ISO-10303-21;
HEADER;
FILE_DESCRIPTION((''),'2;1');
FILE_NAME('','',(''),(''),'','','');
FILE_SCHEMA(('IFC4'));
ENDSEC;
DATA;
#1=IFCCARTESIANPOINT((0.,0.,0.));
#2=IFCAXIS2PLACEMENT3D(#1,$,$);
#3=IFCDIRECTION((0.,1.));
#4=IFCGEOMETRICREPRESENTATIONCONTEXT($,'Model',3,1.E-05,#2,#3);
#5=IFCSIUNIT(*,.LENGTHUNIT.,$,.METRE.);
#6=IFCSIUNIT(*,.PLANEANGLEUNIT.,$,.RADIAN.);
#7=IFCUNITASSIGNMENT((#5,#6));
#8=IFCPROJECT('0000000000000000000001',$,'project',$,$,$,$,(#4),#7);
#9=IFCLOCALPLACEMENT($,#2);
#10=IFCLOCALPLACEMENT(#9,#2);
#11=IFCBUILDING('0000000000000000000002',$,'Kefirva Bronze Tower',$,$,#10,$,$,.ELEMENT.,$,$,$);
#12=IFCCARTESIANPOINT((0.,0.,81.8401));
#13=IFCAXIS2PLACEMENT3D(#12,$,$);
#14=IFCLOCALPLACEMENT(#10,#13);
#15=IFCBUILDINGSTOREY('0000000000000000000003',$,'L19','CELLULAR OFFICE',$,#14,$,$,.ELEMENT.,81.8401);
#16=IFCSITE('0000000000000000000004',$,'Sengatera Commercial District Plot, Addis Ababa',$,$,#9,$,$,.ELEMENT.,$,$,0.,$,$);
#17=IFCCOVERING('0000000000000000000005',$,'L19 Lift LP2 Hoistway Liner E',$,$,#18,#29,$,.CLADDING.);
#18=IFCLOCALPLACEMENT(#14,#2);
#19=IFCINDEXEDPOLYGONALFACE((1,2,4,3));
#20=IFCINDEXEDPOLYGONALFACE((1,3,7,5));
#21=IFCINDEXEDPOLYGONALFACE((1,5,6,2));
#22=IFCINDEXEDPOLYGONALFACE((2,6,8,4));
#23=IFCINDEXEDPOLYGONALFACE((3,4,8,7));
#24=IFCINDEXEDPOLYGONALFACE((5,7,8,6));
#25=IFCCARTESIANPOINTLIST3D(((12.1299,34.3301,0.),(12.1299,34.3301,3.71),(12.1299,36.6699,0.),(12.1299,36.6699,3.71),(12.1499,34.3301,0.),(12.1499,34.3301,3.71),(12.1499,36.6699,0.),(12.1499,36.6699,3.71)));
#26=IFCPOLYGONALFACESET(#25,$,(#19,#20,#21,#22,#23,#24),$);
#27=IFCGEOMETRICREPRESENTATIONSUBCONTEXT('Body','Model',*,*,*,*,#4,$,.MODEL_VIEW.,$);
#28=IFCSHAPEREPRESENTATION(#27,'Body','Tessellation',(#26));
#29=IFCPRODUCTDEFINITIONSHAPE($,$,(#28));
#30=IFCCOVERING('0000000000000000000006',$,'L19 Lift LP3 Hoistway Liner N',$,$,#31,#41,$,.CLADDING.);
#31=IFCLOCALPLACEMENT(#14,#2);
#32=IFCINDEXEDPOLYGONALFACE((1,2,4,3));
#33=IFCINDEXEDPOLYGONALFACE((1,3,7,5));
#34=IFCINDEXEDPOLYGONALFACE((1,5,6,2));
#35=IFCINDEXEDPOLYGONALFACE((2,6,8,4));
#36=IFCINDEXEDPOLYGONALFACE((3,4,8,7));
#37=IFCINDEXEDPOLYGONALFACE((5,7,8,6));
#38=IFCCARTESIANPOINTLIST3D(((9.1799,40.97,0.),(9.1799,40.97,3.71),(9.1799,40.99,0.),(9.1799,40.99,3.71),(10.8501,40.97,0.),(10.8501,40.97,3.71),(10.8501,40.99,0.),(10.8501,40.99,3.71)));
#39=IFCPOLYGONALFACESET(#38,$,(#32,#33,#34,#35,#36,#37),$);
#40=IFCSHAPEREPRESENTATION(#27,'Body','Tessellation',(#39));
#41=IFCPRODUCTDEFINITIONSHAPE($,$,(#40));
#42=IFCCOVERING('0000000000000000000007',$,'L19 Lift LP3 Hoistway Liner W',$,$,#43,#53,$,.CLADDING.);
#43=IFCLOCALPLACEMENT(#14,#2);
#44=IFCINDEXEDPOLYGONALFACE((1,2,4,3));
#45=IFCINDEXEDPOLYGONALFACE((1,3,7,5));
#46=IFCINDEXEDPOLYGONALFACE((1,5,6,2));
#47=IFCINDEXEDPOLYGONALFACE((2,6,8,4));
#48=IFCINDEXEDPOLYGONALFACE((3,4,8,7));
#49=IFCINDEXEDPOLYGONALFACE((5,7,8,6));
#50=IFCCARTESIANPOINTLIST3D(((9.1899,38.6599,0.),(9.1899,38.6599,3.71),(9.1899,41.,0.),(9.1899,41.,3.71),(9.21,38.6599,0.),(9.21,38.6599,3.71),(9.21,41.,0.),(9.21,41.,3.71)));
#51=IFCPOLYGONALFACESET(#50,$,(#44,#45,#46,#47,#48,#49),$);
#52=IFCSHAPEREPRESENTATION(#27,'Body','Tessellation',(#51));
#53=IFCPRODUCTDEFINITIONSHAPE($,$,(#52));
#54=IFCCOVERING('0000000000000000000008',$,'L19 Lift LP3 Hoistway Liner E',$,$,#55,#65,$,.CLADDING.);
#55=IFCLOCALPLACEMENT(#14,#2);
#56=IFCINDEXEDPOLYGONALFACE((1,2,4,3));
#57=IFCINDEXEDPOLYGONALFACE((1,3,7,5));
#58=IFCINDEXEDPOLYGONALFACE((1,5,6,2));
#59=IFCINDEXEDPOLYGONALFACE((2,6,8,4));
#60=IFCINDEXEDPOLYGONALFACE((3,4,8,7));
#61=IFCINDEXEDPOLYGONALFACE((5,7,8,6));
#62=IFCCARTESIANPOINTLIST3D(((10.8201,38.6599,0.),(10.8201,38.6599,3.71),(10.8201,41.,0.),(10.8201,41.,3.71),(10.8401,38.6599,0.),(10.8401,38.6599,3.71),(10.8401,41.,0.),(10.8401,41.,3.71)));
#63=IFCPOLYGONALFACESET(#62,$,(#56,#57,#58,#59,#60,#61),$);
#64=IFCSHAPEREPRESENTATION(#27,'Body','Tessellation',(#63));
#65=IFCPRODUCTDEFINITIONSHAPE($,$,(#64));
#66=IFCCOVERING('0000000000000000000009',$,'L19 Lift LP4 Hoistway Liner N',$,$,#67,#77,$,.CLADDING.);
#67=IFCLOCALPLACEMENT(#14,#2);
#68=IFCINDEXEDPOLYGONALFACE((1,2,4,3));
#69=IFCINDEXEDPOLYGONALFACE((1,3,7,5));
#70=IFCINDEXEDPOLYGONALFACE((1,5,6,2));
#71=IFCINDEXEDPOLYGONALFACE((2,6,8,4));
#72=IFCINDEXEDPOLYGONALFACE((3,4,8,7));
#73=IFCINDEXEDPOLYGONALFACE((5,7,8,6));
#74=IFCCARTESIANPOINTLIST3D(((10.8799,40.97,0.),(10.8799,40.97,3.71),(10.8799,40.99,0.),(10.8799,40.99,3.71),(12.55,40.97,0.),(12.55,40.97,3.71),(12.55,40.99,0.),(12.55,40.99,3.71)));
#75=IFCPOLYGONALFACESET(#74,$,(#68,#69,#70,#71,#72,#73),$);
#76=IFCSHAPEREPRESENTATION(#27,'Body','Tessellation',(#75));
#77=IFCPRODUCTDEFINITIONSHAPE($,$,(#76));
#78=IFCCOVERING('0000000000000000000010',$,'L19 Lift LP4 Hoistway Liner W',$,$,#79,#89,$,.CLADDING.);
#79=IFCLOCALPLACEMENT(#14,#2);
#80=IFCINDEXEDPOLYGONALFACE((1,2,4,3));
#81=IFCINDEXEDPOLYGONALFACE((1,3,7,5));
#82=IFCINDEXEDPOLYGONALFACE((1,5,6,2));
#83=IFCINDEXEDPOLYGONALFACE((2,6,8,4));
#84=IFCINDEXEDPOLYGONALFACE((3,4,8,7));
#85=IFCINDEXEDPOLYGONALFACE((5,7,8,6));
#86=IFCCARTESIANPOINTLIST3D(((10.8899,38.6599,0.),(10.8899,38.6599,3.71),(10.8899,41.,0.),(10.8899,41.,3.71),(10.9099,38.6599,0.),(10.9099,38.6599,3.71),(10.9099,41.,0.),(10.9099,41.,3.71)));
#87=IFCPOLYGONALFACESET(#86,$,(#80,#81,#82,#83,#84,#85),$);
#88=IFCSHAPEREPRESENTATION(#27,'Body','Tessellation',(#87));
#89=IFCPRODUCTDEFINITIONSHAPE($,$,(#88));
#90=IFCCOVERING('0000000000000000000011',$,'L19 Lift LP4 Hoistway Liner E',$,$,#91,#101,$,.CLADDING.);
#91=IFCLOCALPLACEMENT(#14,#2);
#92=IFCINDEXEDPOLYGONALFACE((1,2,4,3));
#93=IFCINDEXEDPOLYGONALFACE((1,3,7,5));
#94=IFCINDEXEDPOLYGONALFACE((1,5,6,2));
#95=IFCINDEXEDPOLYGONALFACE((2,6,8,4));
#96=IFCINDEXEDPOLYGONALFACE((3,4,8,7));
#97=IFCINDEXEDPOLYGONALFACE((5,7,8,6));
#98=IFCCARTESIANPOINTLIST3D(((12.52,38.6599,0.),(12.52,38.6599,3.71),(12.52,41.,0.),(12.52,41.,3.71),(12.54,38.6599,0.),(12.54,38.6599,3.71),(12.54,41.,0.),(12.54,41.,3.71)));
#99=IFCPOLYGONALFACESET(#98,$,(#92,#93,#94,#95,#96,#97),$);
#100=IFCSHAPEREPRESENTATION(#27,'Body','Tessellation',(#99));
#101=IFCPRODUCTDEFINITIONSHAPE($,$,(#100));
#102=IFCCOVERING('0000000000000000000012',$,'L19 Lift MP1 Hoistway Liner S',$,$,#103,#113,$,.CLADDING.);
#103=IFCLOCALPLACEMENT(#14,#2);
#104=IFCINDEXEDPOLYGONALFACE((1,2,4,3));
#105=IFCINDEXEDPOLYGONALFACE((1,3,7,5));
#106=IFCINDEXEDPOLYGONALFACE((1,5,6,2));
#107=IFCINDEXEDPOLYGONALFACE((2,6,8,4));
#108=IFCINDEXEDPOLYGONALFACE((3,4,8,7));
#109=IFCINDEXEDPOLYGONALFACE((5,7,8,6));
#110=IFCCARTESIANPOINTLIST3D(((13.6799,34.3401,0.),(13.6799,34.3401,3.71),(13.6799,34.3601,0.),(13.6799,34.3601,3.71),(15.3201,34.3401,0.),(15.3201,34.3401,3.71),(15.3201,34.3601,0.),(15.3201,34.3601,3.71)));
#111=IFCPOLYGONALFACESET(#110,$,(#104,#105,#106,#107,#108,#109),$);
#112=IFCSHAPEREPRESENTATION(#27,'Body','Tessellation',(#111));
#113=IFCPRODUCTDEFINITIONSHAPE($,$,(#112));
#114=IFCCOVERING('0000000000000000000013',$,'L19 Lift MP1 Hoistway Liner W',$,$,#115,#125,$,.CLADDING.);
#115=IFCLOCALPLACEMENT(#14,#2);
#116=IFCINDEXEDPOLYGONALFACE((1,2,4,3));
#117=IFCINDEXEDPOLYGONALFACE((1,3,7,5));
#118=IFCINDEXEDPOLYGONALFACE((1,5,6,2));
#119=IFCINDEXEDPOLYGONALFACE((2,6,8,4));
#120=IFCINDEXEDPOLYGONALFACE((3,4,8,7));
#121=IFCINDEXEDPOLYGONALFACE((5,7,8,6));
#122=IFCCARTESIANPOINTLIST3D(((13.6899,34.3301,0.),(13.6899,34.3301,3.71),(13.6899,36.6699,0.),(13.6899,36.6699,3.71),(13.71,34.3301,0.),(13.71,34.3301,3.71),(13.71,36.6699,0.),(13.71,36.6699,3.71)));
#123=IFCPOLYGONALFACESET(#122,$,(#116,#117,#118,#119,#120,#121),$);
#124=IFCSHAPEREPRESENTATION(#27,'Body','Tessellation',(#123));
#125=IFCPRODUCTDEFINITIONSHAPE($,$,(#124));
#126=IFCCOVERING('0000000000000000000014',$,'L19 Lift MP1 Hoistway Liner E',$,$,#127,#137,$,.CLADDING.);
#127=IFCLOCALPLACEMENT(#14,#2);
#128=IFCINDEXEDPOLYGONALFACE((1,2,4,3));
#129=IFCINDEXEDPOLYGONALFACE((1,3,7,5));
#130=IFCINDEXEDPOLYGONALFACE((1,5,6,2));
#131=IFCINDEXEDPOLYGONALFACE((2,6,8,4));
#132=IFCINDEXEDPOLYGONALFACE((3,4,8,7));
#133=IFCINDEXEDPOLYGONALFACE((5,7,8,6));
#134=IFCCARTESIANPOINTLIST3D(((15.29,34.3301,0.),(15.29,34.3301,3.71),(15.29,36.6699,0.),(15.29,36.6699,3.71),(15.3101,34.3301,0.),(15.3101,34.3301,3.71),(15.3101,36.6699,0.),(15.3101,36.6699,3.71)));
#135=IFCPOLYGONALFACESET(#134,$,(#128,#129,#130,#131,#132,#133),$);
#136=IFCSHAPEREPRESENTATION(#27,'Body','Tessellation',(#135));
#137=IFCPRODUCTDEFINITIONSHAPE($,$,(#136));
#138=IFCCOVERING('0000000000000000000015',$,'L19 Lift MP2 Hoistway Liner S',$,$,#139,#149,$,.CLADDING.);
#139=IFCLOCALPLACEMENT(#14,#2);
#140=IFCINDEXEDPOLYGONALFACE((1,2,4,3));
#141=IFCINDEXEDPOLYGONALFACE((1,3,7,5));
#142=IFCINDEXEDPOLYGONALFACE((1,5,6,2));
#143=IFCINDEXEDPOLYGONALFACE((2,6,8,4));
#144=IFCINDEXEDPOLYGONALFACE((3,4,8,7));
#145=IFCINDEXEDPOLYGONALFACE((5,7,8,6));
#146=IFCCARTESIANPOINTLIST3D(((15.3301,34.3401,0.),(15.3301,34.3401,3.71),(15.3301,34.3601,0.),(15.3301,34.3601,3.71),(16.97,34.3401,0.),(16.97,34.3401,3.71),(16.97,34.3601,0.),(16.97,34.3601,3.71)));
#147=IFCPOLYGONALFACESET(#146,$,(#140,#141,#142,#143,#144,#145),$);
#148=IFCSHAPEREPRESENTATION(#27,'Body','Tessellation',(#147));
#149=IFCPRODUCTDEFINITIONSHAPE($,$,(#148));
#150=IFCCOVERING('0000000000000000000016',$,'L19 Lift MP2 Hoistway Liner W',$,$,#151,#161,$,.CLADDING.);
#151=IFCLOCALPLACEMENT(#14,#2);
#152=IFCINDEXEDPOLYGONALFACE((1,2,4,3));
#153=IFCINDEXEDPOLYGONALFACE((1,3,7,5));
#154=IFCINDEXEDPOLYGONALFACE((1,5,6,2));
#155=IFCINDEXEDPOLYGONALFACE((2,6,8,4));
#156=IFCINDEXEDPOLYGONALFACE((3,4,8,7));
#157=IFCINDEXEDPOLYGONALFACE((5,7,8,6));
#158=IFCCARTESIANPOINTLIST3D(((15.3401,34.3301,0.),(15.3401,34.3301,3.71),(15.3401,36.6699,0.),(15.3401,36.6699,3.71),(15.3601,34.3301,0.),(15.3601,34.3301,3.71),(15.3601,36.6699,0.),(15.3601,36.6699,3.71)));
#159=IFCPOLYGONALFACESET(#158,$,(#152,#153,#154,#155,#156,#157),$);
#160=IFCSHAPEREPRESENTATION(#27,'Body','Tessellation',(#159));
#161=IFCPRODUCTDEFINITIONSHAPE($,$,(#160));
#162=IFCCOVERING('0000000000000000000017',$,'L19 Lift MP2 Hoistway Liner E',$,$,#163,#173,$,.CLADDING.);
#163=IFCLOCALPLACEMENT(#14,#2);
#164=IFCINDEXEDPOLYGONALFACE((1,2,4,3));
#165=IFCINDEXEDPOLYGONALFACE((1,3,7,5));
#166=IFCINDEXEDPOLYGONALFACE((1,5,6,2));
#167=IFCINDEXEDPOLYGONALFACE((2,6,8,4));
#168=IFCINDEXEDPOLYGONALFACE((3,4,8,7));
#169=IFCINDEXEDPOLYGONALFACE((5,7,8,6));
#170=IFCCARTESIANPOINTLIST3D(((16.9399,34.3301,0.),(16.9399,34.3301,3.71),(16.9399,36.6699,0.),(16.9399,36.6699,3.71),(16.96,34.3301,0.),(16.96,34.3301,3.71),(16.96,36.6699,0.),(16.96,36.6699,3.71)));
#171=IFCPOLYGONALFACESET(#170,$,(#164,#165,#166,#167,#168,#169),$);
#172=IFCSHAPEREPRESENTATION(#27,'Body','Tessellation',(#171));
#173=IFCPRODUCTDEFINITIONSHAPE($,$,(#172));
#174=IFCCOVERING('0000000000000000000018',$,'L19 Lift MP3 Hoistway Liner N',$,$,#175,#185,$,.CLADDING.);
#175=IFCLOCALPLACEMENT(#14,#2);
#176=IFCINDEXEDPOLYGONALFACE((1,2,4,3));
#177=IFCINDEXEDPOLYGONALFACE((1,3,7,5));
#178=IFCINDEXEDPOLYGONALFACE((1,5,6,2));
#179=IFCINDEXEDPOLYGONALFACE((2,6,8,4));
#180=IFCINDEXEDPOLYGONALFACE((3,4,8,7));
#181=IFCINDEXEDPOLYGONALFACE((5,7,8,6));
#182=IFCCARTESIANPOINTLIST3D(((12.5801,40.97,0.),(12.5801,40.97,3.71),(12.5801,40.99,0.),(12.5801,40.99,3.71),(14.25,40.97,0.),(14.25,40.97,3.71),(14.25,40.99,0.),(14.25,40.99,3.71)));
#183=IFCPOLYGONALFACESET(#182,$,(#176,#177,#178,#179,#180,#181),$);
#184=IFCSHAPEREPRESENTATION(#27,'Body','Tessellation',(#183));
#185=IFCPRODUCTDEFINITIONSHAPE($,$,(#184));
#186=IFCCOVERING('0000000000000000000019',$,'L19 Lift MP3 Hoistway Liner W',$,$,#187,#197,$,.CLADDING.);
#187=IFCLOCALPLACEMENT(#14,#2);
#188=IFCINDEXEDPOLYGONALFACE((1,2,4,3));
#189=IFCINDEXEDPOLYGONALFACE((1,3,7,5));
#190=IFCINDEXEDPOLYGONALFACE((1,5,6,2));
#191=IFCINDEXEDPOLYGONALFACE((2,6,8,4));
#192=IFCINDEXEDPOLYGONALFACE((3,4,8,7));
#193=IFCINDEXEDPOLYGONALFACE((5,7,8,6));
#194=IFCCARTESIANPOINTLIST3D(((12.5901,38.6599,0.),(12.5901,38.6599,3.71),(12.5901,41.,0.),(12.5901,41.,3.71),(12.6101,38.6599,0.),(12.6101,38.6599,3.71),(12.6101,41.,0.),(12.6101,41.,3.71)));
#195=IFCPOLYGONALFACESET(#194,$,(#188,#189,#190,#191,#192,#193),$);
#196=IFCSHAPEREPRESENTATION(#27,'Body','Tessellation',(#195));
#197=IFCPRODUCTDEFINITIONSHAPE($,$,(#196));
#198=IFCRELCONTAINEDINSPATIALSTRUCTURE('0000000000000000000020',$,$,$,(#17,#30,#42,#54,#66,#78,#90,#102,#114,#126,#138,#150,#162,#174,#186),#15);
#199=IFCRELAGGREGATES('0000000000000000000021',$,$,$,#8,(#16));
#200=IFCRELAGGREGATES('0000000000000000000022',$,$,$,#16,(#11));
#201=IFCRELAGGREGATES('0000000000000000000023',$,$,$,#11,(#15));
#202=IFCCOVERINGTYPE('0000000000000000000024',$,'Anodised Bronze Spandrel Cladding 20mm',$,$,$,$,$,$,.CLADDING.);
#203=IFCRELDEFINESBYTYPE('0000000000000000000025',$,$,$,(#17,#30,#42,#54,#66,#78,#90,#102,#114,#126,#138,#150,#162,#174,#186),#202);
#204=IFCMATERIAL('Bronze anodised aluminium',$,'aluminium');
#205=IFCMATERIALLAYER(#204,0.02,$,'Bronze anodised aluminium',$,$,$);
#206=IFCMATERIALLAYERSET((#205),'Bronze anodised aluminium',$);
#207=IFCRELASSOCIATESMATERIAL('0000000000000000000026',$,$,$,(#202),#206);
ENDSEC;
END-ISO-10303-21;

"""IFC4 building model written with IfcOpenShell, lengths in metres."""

from ifc_helpers import new_model, si_unit, direction, frame, origin, place, context, subcontext, project, spatial, polyline, outline, extrude, material, layer, layer_set, type_object, element, save


model = new_model("IFC4")

# Units and contexts
model_context = context("Model", 3, precision=1e-05, world=origin(), true_north=direction((0.0, 1.0)))
body_context = subcontext(model_context, "Body", "Model", "MODEL_VIEW")
ifc_project = project(units=[si_unit("LENGTHUNIT", "METRE"), si_unit("PLANEANGLEUNIT", "RADIAN")], contexts=[model_context])

# Site, building, storey
site_placement = place(None, origin())
site = spatial("IfcSite", under=ifc_project, at=site_placement, Name="Sengatera Commercial District Plot, Addis Ababa", CompositionType="ELEMENT", RefElevation=0.0)
building_placement = place(site_placement, origin())
building = spatial("IfcBuilding", under=site, at=building_placement, Name="Kefirva Bronze Tower", CompositionType="ELEMENT")
storey_placement = place(building_placement, frame((0.0, 0.0, 81.8401)))
storey = spatial("IfcBuildingStorey", under=building, at=storey_placement, Name="L19", Description="CELLULAR OFFICE", CompositionType="ELEMENT", Elevation=81.8401)

# Coverings
ifc_material = material(Name="Bronze anodised aluminium", Category="aluminium")
ifc_layer_1 = layer(ifc_material, 0.02, Name="Bronze anodised aluminium")
ifc_layer_set_1 = layer_set([ifc_layer_1], Name="Bronze anodised aluminium")
covering_type_1 = type_object("IfcCoveringType", Name="Anodised Bronze Spandrel Cladding 20mm", PredefinedType="CLADDING", material=ifc_layer_set_1)
covering_1_placement = place(storey_placement, origin())
element("IfcCovering", 1, at=covering_1_placement, inside=storey, type_object=covering_type_1, Name="L19 Lift LP2 Hoistway Liner E", PredefinedType="CLADDING", context=body_context, shape_type="SweptSolid", body=[
    extrude(outline(polyline([(12.1299, 34.3301), (12.1499, 34.3301), (12.1499, 36.6699), (12.1299, 36.6699), (12.1299, 34.3301)])), origin(), (0.0, 0.0, 1.0), 3.71),
])
covering_2_placement = place(storey_placement, origin())
element("IfcCovering", 2, at=covering_2_placement, inside=storey, type_object=covering_type_1, Name="L19 Lift LP3 Hoistway Liner N", PredefinedType="CLADDING", context=body_context, shape_type="SweptSolid", body=[
    extrude(outline(polyline([(9.1799, 40.97), (10.8501, 40.97), (10.8501, 40.99), (9.1799, 40.99), (9.1799, 40.97)])), origin(), (0.0, 0.0, 1.0), 3.71),
])
covering_3_placement = place(storey_placement, origin())
element("IfcCovering", 3, at=covering_3_placement, inside=storey, type_object=covering_type_1, Name="L19 Lift LP3 Hoistway Liner W", PredefinedType="CLADDING", context=body_context, shape_type="SweptSolid", body=[
    extrude(outline(polyline([(9.1899, 38.6599), (9.21, 38.6599), (9.21, 41.0), (9.1899, 41.0), (9.1899, 38.6599)])), origin(), (0.0, 0.0, 1.0), 3.71),
])
covering_4_placement = place(storey_placement, origin())
element("IfcCovering", 4, at=covering_4_placement, inside=storey, type_object=covering_type_1, Name="L19 Lift LP3 Hoistway Liner E", PredefinedType="CLADDING", context=body_context, shape_type="SweptSolid", body=[
    extrude(outline(polyline([(10.8201, 38.6599), (10.8401, 38.6599), (10.8401, 41.0), (10.8201, 41.0), (10.8201, 38.6599)])), origin(), (0.0, 0.0, 1.0), 3.71),
])
covering_5_placement = place(storey_placement, origin())
element("IfcCovering", 5, at=covering_5_placement, inside=storey, type_object=covering_type_1, Name="L19 Lift LP4 Hoistway Liner N", PredefinedType="CLADDING", context=body_context, shape_type="SweptSolid", body=[
    extrude(outline(polyline([(10.8799, 40.97), (12.55, 40.97), (12.55, 40.99), (10.8799, 40.99), (10.8799, 40.97)])), origin(), (0.0, 0.0, 1.0), 3.71),
])
covering_6_placement = place(storey_placement, origin())
element("IfcCovering", 6, at=covering_6_placement, inside=storey, type_object=covering_type_1, Name="L19 Lift LP4 Hoistway Liner W", PredefinedType="CLADDING", context=body_context, shape_type="SweptSolid", body=[
    extrude(outline(polyline([(10.8899, 38.6599), (10.9099, 38.6599), (10.9099, 41.0), (10.8899, 41.0), (10.8899, 38.6599)])), origin(), (0.0, 0.0, 1.0), 3.71),
])
covering_7_placement = place(storey_placement, origin())
element("IfcCovering", 7, at=covering_7_placement, inside=storey, type_object=covering_type_1, Name="L19 Lift LP4 Hoistway Liner E", PredefinedType="CLADDING", context=body_context, shape_type="SweptSolid", body=[
    extrude(outline(polyline([(12.52, 38.6599), (12.54, 38.6599), (12.54, 41.0), (12.52, 41.0), (12.52, 38.6599)])), origin(), (0.0, 0.0, 1.0), 3.71),
])
covering_8_placement = place(storey_placement, origin())
element("IfcCovering", 8, at=covering_8_placement, inside=storey, type_object=covering_type_1, Name="L19 Lift MP1 Hoistway Liner S", PredefinedType="CLADDING", context=body_context, shape_type="SweptSolid", body=[
    extrude(outline(polyline([(13.6799, 34.3401), (15.3201, 34.3401), (15.3201, 34.3601), (13.6799, 34.3601), (13.6799, 34.3401)])), origin(), (0.0, 0.0, 1.0), 3.71),
])
covering_9_placement = place(storey_placement, origin())
element("IfcCovering", 9, at=covering_9_placement, inside=storey, type_object=covering_type_1, Name="L19 Lift MP1 Hoistway Liner W", PredefinedType="CLADDING", context=body_context, shape_type="SweptSolid", body=[
    extrude(outline(polyline([(13.6899, 34.3301), (13.71, 34.3301), (13.71, 36.6699), (13.6899, 36.6699), (13.6899, 34.3301)])), origin(), (0.0, 0.0, 1.0), 3.71),
])
covering_10_placement = place(storey_placement, origin())
element("IfcCovering", 10, at=covering_10_placement, inside=storey, type_object=covering_type_1, Name="L19 Lift MP1 Hoistway Liner E", PredefinedType="CLADDING", context=body_context, shape_type="SweptSolid", body=[
    extrude(outline(polyline([(15.29, 34.3301), (15.3101, 34.3301), (15.3101, 36.6699), (15.29, 36.6699), (15.29, 34.3301)])), origin(), (0.0, 0.0, 1.0), 3.71),
])
covering_11_placement = place(storey_placement, origin())
element("IfcCovering", 11, at=covering_11_placement, inside=storey, type_object=covering_type_1, Name="L19 Lift MP2 Hoistway Liner S", PredefinedType="CLADDING", context=body_context, shape_type="SweptSolid", body=[
    extrude(outline(polyline([(15.3301, 34.3401), (16.97, 34.3401), (16.97, 34.3601), (15.3301, 34.3601), (15.3301, 34.3401)])), origin(), (0.0, 0.0, 1.0), 3.71),
])
covering_12_placement = place(storey_placement, origin())
element("IfcCovering", 12, at=covering_12_placement, inside=storey, type_object=covering_type_1, Name="L19 Lift MP2 Hoistway Liner W", PredefinedType="CLADDING", context=body_context, shape_type="SweptSolid", body=[
    extrude(outline(polyline([(15.3401, 34.3301), (15.3601, 34.3301), (15.3601, 36.6699), (15.3401, 36.6699), (15.3401, 34.3301)])), origin(), (0.0, 0.0, 1.0), 3.71),
])
covering_13_placement = place(storey_placement, origin())
element("IfcCovering", 13, at=covering_13_placement, inside=storey, type_object=covering_type_1, Name="L19 Lift MP2 Hoistway Liner E", PredefinedType="CLADDING", context=body_context, shape_type="SweptSolid", body=[
    extrude(outline(polyline([(16.9399, 34.3301), (16.96, 34.3301), (16.96, 36.6699), (16.9399, 36.6699), (16.9399, 34.3301)])), origin(), (0.0, 0.0, 1.0), 3.71),
])
covering_14_placement = place(storey_placement, origin())
element("IfcCovering", 14, at=covering_14_placement, inside=storey, type_object=covering_type_1, Name="L19 Lift MP3 Hoistway Liner N", PredefinedType="CLADDING", context=body_context, shape_type="SweptSolid", body=[
    extrude(outline(polyline([(12.5801, 40.97), (14.25, 40.97), (14.25, 40.99), (12.5801, 40.99), (12.5801, 40.97)])), origin(), (0.0, 0.0, 1.0), 3.71),
])
covering_15_placement = place(storey_placement, origin())
element("IfcCovering", 15, at=covering_15_placement, inside=storey, type_object=covering_type_1, Name="L19 Lift MP3 Hoistway Liner W", PredefinedType="CLADDING", context=body_context, shape_type="SweptSolid", body=[
    extrude(outline(polyline([(12.5901, 38.6599), (12.6101, 38.6599), (12.6101, 41.0), (12.5901, 41.0), (12.5901, 38.6599)])), origin(), (0.0, 0.0, 1.0), 3.71),
])

save(model, "model.ifc")
